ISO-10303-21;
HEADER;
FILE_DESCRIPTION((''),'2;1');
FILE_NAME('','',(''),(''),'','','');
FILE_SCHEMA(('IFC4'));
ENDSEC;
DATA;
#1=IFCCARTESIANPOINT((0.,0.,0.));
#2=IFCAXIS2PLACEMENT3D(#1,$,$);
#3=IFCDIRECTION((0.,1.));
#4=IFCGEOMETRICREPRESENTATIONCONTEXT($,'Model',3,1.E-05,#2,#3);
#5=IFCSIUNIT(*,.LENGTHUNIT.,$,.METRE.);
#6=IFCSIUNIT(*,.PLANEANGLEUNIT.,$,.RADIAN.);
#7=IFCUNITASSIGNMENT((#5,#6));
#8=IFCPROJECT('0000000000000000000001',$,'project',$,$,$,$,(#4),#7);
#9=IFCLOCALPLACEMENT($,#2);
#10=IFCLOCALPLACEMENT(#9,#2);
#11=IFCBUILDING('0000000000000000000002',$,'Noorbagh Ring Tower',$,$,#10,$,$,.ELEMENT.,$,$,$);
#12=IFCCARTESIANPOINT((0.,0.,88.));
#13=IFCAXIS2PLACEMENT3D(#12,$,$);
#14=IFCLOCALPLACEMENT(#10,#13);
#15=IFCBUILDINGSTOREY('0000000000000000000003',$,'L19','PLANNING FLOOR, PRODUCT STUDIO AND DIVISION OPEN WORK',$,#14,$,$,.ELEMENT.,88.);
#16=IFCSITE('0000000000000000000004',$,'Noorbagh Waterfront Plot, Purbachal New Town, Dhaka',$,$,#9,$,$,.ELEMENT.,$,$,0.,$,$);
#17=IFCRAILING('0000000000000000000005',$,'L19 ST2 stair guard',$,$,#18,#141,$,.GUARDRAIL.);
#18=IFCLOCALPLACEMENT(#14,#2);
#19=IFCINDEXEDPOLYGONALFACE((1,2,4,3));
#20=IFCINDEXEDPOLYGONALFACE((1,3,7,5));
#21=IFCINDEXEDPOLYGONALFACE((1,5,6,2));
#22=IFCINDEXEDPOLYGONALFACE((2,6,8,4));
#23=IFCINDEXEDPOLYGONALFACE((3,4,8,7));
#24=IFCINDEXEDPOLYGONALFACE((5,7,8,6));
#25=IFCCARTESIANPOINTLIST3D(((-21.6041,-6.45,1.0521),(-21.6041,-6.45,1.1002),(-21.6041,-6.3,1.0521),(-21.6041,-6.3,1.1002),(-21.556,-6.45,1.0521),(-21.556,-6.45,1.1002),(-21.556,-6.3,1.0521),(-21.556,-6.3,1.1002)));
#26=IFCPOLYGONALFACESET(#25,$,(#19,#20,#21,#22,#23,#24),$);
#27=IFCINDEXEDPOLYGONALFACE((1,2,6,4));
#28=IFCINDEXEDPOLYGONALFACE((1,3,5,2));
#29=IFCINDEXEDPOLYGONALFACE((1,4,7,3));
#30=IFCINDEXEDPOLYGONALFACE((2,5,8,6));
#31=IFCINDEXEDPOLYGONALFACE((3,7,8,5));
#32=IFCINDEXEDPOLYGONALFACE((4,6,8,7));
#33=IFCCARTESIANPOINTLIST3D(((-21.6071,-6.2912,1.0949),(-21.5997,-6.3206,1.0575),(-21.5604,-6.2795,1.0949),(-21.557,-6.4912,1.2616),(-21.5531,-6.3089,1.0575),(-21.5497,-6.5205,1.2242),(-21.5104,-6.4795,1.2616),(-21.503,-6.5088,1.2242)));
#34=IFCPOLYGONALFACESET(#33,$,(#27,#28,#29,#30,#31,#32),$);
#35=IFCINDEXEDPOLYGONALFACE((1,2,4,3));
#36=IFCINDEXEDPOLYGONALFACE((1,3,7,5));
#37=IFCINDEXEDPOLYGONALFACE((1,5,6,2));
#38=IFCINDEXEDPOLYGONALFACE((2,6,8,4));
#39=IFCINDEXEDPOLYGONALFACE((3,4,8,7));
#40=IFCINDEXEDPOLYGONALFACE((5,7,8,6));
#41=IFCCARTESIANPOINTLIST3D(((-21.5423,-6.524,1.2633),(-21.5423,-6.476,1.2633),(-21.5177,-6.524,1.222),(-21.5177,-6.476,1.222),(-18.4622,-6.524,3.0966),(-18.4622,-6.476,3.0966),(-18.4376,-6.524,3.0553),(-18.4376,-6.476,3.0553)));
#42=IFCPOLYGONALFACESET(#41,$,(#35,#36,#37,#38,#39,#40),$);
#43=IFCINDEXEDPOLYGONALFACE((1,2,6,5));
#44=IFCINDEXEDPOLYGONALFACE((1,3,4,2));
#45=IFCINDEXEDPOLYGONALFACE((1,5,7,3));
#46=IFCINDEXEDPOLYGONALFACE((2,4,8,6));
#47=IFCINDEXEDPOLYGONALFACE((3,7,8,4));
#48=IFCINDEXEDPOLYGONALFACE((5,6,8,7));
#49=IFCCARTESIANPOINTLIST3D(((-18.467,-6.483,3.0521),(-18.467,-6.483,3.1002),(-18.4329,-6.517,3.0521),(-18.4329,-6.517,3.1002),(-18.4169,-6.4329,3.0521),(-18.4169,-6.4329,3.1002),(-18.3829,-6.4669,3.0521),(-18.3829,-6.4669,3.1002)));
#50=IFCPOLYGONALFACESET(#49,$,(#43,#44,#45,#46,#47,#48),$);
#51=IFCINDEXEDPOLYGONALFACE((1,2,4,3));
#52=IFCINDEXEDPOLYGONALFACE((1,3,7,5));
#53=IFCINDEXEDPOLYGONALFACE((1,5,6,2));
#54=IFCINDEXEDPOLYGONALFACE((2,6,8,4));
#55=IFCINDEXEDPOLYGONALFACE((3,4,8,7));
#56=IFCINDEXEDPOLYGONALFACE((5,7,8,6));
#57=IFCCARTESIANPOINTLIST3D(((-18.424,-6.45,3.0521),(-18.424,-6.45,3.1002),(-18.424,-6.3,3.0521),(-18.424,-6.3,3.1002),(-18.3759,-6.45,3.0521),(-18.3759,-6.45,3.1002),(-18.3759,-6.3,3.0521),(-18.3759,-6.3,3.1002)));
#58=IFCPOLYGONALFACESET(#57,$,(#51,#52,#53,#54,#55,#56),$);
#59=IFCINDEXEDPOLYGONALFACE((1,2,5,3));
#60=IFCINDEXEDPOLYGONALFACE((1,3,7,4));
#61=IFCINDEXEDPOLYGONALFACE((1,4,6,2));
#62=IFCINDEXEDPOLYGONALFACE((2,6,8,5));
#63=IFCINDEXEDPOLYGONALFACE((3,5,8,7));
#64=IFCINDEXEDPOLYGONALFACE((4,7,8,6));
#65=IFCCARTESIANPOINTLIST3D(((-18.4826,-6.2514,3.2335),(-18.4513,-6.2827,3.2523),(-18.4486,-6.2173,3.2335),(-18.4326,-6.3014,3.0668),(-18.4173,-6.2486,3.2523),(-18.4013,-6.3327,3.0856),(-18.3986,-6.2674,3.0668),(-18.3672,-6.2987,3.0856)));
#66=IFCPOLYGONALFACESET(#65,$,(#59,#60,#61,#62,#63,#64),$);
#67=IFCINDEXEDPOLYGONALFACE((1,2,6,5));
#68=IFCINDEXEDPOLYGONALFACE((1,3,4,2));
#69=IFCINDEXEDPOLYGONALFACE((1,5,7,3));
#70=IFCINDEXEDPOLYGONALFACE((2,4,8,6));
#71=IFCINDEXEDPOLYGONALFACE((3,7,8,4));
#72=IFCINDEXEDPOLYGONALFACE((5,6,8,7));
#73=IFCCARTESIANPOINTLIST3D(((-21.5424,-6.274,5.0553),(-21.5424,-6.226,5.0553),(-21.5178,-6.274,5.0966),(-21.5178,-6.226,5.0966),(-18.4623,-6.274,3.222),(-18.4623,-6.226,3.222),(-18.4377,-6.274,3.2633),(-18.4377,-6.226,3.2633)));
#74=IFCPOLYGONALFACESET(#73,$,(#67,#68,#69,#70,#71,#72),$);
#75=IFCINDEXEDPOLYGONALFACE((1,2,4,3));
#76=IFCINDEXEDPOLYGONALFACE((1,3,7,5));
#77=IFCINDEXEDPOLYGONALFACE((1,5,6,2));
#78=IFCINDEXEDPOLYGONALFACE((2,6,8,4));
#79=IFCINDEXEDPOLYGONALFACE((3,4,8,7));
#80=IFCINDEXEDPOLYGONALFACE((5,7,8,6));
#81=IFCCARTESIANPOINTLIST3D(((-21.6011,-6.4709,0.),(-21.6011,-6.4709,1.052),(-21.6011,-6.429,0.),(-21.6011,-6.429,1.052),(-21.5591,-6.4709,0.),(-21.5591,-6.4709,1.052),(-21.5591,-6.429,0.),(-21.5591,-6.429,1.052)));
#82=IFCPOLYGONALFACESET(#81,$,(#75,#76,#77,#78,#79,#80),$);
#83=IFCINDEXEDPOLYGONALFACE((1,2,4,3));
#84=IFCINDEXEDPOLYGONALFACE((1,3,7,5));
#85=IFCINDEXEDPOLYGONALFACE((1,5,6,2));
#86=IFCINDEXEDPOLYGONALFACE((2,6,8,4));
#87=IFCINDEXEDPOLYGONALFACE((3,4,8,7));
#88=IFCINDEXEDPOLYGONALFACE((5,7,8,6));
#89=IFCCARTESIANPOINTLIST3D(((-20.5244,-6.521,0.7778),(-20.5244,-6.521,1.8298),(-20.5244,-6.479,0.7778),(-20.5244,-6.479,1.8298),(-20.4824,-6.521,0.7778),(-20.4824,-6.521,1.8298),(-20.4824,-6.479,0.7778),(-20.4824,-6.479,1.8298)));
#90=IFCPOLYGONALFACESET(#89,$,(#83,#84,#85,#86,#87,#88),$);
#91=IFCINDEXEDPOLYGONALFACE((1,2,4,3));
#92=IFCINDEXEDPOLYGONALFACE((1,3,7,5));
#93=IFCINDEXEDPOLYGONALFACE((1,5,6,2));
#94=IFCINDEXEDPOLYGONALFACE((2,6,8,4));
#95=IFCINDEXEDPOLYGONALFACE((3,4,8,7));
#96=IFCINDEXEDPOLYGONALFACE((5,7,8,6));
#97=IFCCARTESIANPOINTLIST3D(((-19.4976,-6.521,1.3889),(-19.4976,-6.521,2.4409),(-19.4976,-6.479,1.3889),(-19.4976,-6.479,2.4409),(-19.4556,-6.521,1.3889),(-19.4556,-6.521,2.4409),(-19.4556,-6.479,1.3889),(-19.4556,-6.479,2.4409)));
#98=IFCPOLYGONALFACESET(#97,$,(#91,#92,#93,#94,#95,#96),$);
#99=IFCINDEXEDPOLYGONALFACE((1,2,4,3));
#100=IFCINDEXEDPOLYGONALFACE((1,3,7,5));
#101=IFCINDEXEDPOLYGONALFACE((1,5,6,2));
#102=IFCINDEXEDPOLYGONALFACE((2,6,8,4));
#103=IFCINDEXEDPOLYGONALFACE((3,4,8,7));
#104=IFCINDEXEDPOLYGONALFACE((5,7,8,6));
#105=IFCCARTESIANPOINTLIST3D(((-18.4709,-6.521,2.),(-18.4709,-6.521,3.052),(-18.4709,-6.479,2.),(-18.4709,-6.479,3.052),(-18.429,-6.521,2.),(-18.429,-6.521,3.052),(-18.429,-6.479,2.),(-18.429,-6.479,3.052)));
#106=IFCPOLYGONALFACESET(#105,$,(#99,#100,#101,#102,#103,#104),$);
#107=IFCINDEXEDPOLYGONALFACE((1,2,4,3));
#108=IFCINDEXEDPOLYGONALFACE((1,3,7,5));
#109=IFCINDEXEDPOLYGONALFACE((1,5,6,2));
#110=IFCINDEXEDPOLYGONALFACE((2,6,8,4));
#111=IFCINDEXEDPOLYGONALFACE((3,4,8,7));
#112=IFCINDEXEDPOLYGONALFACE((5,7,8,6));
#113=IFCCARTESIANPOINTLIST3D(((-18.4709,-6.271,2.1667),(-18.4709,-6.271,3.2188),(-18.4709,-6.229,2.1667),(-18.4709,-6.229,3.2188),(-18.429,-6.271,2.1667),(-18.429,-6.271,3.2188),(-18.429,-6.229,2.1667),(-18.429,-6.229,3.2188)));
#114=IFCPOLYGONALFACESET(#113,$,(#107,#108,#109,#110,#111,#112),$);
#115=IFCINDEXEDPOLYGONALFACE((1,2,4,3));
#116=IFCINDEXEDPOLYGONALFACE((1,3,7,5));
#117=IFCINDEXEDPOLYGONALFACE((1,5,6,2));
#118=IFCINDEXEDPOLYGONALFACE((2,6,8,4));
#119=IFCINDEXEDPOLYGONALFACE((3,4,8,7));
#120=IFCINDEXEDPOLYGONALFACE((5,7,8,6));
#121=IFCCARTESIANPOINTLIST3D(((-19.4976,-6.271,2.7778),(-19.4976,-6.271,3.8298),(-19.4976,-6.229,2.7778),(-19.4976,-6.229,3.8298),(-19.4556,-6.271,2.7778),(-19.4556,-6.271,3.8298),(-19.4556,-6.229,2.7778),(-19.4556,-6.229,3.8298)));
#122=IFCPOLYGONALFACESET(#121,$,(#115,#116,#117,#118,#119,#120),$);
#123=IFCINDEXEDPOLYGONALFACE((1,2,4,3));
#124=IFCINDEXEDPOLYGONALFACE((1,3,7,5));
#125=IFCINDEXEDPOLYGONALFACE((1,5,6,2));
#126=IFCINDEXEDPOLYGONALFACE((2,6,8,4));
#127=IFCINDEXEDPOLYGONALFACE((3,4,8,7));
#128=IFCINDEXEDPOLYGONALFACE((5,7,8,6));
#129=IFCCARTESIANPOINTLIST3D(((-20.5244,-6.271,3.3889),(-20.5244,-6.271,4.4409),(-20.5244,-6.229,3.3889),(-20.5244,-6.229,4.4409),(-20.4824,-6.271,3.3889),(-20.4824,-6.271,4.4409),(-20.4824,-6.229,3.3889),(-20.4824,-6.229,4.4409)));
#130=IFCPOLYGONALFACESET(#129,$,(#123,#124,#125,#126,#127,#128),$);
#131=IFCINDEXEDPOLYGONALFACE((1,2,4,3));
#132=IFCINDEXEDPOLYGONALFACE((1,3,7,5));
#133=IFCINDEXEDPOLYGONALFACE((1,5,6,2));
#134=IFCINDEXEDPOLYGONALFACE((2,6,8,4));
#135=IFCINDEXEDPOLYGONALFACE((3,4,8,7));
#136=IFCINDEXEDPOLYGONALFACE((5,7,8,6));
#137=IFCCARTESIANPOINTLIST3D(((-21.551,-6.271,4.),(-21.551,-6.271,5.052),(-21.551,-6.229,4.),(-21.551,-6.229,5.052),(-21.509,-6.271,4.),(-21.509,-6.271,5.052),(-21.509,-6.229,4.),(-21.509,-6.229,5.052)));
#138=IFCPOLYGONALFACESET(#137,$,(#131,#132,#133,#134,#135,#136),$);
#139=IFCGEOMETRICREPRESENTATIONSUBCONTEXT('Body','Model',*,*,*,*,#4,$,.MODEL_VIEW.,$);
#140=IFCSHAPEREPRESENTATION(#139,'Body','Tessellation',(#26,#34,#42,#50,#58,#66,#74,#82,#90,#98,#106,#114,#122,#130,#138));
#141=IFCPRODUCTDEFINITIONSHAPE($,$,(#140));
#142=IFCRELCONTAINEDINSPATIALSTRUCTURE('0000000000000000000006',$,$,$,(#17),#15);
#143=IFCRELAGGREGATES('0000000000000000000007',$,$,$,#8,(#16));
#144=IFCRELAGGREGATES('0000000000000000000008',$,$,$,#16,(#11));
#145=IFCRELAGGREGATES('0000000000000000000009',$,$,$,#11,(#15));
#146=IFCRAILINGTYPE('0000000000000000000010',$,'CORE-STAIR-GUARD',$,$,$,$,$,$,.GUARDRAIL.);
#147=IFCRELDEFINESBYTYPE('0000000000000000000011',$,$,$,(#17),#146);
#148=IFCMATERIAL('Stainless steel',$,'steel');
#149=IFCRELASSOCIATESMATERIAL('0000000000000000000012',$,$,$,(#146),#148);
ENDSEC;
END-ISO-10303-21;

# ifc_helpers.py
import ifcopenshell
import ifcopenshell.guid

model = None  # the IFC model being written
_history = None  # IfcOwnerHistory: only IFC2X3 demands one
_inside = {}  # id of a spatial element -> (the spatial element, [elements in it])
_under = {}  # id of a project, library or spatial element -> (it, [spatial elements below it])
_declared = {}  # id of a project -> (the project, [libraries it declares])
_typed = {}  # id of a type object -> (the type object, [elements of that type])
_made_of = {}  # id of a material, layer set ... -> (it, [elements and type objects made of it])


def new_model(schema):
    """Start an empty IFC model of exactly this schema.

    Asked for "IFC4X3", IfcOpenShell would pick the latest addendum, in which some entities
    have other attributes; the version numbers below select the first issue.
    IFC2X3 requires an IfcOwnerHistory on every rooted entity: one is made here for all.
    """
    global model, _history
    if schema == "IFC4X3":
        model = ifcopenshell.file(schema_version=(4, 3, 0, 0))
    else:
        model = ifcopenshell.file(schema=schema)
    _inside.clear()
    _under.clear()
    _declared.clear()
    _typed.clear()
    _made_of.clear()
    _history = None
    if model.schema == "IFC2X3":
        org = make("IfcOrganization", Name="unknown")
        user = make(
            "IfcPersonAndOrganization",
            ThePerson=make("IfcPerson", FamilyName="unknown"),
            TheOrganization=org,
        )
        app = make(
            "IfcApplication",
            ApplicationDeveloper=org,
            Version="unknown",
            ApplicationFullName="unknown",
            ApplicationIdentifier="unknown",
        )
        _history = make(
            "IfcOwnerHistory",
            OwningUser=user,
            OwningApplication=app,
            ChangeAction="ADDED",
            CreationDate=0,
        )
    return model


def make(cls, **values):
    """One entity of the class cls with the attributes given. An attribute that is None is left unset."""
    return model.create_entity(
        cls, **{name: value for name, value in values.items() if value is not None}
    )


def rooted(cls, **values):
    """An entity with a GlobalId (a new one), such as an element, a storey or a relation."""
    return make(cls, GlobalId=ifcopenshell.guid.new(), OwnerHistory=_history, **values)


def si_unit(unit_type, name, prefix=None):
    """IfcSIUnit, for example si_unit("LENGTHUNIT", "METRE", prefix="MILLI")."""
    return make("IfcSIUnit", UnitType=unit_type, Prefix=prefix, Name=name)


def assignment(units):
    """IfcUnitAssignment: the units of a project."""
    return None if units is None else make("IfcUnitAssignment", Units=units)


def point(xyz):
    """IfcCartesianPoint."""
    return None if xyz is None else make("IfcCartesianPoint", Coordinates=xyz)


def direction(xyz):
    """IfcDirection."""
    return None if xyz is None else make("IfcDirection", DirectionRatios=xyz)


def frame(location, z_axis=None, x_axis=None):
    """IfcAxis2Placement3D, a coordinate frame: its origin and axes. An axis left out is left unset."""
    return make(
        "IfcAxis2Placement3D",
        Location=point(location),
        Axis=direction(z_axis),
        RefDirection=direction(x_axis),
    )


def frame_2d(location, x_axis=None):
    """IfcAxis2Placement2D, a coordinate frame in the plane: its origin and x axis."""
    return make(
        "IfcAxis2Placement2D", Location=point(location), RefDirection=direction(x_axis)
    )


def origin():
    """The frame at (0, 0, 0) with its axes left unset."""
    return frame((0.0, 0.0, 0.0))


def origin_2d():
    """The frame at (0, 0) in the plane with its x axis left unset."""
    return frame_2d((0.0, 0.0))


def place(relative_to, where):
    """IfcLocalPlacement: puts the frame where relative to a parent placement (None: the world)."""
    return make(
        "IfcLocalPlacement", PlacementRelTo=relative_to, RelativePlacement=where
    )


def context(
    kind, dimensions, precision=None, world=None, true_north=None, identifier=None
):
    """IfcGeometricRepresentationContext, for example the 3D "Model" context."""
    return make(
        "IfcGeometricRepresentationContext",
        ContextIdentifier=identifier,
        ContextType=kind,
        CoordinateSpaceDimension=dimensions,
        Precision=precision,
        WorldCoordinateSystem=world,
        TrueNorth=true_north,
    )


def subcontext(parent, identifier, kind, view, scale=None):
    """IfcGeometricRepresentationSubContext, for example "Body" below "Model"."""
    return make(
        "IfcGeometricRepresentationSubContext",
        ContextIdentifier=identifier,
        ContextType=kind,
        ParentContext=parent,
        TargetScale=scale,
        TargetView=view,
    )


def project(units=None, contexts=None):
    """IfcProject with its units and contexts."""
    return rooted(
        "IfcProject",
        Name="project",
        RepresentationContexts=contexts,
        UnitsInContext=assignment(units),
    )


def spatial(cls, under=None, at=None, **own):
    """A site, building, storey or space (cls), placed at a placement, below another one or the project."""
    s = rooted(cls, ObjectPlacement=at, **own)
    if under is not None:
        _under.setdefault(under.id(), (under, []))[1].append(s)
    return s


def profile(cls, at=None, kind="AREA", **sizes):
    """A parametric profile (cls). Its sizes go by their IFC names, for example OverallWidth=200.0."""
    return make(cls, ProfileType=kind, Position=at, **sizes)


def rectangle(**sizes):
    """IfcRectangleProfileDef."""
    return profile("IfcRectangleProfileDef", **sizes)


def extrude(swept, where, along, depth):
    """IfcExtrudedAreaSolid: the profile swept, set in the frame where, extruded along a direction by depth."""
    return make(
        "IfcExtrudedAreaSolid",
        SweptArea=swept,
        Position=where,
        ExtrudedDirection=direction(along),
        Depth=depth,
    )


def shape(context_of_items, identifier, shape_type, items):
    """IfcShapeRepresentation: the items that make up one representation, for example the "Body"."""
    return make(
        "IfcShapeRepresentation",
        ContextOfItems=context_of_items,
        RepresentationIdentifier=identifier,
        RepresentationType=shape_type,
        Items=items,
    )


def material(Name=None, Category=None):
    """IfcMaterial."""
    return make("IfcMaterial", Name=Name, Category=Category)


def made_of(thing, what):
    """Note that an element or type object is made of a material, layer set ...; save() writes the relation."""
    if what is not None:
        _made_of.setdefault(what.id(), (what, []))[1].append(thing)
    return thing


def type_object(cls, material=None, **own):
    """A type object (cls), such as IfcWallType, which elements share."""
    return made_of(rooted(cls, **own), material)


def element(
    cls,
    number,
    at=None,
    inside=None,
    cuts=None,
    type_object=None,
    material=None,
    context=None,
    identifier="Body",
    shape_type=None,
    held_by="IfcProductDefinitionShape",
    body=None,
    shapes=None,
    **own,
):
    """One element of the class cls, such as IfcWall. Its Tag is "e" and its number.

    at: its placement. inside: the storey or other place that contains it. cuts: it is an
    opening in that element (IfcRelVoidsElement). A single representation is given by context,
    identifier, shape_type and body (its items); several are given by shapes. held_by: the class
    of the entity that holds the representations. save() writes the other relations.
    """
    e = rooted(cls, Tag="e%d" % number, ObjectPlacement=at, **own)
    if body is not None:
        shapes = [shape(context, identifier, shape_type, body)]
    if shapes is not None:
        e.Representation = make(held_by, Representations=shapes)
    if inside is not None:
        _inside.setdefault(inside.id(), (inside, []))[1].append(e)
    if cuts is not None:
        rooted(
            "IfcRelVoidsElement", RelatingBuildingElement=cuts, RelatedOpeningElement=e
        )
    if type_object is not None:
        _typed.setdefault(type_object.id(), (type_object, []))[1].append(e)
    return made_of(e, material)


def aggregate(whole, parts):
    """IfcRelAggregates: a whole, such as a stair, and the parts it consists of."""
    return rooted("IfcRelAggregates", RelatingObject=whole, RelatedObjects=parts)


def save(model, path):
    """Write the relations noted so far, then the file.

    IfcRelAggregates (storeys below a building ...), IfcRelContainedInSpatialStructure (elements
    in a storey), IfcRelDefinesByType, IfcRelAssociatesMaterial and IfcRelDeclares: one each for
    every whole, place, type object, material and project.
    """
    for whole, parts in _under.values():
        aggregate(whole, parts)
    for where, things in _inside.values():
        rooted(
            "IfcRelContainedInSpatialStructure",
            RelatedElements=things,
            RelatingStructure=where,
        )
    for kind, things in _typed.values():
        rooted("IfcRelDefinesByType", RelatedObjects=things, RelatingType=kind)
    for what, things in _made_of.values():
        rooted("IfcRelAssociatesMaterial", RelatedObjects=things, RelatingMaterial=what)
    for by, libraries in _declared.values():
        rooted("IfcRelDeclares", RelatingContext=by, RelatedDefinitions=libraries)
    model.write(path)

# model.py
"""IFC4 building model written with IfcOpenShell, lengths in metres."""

from ifc_helpers import new_model, si_unit, direction, frame, origin, origin_2d, place, context, subcontext, project, spatial, rectangle, extrude, material, type_object, element, save


model = new_model("IFC4")

# Units and contexts
model_context = context("Model", 3, precision=1e-05, world=origin(), true_north=direction((0.0, 1.0)))
body_context = subcontext(model_context, "Body", "Model", "MODEL_VIEW")
ifc_project = project(units=[si_unit("LENGTHUNIT", "METRE"), si_unit("PLANEANGLEUNIT", "RADIAN")], contexts=[model_context])

# Site, building, storey
site_placement = place(None, origin())
site = spatial("IfcSite", under=ifc_project, at=site_placement, Name="Noorbagh Waterfront Plot, Purbachal New Town, Dhaka", CompositionType="ELEMENT", RefElevation=0.0)
building_placement = place(site_placement, origin())
building = spatial("IfcBuilding", under=site, at=building_placement, Name="Noorbagh Ring Tower", CompositionType="ELEMENT")
storey_placement = place(building_placement, frame((0.0, 0.0, 88.0)))
storey = spatial("IfcBuildingStorey", under=building, at=storey_placement, Name="L19", Description="PLANNING FLOOR, PRODUCT STUDIO AND DIVISION OPEN WORK", CompositionType="ELEMENT", Elevation=88.0)

# Railing
ifc_material_1 = material(Name="Stainless steel", Category="steel")
railing_type_1 = type_object("IfcRailingType", Name="CORE-STAIR-GUARD", PredefinedType="GUARDRAIL", material=ifc_material_1)
railing_1_placement = place(storey_placement, frame((-21.5801, -6.45, 0.0)))
element("IfcRailing", 1, at=railing_1_placement, inside=storey, type_object=railing_type_1, Name="L19 ST2 stair guard", PredefinedType="GUARDRAIL", context=body_context, shape_type="SweptSolid", body=[
    extrude(rectangle(XDim=0.0481, YDim=0.0481, at=origin_2d()), frame((0.0, 0.0, 1.0762), z_axis=(0.0, 1.0, 0.0), x_axis=(-1.0, 0.0, 0.0)), (0.0, 0.0, 1.0), 0.1499),
    extrude(rectangle(XDim=0.0481, YDim=0.0481, at=origin_2d()), frame((0.0, 0.1499, 1.0762), z_axis=(0.188776, -0.754182, 0.628946), x_axis=(0.970073, 0.242814, 0.0)), (0.0, 0.0, 1.0), 0.2651),
    extrude(rectangle(XDim=0.0481, YDim=0.0481, at=origin_2d()), frame((0.05, -0.05, 1.2427), z_axis=(0.859309, 0.0, 0.511458), x_axis=(0.0, 1.0, 0.0)), (0.0, 0.0, 1.0), 3.5845),
    extrude(rectangle(XDim=0.0481, YDim=0.0481, at=origin_2d()), frame((3.1301, -0.05, 3.0762), z_axis=(0.707107, 0.707107, 0.0), x_axis=(-0.707107, 0.707107, 0.0)), (0.0, 0.0, 1.0), 0.0708),
    extrude(rectangle(XDim=0.0481, YDim=0.0481, at=origin_2d()), frame((3.1802, 0.0, 3.0762), z_axis=(0.0, 1.0, 0.0), x_axis=(-1.0, 0.0, 0.0)), (0.0, 0.0, 1.0), 0.1499),
    extrude(rectangle(XDim=0.0481, YDim=0.0481, at=origin_2d()), frame((3.1802, 0.1499, 3.0762), z_axis=(-0.276287, 0.276287, 0.920506), x_axis=(-0.707107, -0.707107, 0.0)), (0.0, 0.0, 1.0), 0.1812),
    extrude(rectangle(XDim=0.0481, YDim=0.0481, at=origin_2d()), frame((3.1301, 0.2, 3.2427), z_axis=(-0.859309, 0.0, 0.511458), x_axis=(0.0, -1.0, 0.0)), (0.0, 0.0, 1.0), 3.5845),
    extrude(rectangle(XDim=0.042, YDim=0.042, at=origin_2d()), origin(), (0.0, 0.0, 1.0), 1.052),
    extrude(rectangle(XDim=0.042, YDim=0.042, at=origin_2d()), frame((1.0767, -0.05, 0.7778)), (0.0, 0.0, 1.0), 1.052),
    extrude(rectangle(XDim=0.042, YDim=0.042, at=origin_2d()), frame((2.1035, -0.05, 1.3889)), (0.0, 0.0, 1.0), 1.052),
    extrude(rectangle(XDim=0.042, YDim=0.042, at=origin_2d()), frame((3.1301, -0.05, 2.0)), (0.0, 0.0, 1.0), 1.052),
    extrude(rectangle(XDim=0.042, YDim=0.042, at=origin_2d()), frame((3.1301, 0.2, 2.1667)), (0.0, 0.0, 1.0), 1.052),
    extrude(rectangle(XDim=0.042, YDim=0.042, at=origin_2d()), frame((2.1035, 0.2, 2.7778)), (0.0, 0.0, 1.0), 1.052),
    extrude(rectangle(XDim=0.042, YDim=0.042, at=origin_2d()), frame((1.0767, 0.2, 3.3889)), (0.0, 0.0, 1.0), 1.052),
    extrude(rectangle(XDim=0.042, YDim=0.042, at=origin_2d()), frame((0.05, 0.2, 4.0)), (0.0, 0.0, 1.0), 1.052),
])

save(model, "model.ifc")
